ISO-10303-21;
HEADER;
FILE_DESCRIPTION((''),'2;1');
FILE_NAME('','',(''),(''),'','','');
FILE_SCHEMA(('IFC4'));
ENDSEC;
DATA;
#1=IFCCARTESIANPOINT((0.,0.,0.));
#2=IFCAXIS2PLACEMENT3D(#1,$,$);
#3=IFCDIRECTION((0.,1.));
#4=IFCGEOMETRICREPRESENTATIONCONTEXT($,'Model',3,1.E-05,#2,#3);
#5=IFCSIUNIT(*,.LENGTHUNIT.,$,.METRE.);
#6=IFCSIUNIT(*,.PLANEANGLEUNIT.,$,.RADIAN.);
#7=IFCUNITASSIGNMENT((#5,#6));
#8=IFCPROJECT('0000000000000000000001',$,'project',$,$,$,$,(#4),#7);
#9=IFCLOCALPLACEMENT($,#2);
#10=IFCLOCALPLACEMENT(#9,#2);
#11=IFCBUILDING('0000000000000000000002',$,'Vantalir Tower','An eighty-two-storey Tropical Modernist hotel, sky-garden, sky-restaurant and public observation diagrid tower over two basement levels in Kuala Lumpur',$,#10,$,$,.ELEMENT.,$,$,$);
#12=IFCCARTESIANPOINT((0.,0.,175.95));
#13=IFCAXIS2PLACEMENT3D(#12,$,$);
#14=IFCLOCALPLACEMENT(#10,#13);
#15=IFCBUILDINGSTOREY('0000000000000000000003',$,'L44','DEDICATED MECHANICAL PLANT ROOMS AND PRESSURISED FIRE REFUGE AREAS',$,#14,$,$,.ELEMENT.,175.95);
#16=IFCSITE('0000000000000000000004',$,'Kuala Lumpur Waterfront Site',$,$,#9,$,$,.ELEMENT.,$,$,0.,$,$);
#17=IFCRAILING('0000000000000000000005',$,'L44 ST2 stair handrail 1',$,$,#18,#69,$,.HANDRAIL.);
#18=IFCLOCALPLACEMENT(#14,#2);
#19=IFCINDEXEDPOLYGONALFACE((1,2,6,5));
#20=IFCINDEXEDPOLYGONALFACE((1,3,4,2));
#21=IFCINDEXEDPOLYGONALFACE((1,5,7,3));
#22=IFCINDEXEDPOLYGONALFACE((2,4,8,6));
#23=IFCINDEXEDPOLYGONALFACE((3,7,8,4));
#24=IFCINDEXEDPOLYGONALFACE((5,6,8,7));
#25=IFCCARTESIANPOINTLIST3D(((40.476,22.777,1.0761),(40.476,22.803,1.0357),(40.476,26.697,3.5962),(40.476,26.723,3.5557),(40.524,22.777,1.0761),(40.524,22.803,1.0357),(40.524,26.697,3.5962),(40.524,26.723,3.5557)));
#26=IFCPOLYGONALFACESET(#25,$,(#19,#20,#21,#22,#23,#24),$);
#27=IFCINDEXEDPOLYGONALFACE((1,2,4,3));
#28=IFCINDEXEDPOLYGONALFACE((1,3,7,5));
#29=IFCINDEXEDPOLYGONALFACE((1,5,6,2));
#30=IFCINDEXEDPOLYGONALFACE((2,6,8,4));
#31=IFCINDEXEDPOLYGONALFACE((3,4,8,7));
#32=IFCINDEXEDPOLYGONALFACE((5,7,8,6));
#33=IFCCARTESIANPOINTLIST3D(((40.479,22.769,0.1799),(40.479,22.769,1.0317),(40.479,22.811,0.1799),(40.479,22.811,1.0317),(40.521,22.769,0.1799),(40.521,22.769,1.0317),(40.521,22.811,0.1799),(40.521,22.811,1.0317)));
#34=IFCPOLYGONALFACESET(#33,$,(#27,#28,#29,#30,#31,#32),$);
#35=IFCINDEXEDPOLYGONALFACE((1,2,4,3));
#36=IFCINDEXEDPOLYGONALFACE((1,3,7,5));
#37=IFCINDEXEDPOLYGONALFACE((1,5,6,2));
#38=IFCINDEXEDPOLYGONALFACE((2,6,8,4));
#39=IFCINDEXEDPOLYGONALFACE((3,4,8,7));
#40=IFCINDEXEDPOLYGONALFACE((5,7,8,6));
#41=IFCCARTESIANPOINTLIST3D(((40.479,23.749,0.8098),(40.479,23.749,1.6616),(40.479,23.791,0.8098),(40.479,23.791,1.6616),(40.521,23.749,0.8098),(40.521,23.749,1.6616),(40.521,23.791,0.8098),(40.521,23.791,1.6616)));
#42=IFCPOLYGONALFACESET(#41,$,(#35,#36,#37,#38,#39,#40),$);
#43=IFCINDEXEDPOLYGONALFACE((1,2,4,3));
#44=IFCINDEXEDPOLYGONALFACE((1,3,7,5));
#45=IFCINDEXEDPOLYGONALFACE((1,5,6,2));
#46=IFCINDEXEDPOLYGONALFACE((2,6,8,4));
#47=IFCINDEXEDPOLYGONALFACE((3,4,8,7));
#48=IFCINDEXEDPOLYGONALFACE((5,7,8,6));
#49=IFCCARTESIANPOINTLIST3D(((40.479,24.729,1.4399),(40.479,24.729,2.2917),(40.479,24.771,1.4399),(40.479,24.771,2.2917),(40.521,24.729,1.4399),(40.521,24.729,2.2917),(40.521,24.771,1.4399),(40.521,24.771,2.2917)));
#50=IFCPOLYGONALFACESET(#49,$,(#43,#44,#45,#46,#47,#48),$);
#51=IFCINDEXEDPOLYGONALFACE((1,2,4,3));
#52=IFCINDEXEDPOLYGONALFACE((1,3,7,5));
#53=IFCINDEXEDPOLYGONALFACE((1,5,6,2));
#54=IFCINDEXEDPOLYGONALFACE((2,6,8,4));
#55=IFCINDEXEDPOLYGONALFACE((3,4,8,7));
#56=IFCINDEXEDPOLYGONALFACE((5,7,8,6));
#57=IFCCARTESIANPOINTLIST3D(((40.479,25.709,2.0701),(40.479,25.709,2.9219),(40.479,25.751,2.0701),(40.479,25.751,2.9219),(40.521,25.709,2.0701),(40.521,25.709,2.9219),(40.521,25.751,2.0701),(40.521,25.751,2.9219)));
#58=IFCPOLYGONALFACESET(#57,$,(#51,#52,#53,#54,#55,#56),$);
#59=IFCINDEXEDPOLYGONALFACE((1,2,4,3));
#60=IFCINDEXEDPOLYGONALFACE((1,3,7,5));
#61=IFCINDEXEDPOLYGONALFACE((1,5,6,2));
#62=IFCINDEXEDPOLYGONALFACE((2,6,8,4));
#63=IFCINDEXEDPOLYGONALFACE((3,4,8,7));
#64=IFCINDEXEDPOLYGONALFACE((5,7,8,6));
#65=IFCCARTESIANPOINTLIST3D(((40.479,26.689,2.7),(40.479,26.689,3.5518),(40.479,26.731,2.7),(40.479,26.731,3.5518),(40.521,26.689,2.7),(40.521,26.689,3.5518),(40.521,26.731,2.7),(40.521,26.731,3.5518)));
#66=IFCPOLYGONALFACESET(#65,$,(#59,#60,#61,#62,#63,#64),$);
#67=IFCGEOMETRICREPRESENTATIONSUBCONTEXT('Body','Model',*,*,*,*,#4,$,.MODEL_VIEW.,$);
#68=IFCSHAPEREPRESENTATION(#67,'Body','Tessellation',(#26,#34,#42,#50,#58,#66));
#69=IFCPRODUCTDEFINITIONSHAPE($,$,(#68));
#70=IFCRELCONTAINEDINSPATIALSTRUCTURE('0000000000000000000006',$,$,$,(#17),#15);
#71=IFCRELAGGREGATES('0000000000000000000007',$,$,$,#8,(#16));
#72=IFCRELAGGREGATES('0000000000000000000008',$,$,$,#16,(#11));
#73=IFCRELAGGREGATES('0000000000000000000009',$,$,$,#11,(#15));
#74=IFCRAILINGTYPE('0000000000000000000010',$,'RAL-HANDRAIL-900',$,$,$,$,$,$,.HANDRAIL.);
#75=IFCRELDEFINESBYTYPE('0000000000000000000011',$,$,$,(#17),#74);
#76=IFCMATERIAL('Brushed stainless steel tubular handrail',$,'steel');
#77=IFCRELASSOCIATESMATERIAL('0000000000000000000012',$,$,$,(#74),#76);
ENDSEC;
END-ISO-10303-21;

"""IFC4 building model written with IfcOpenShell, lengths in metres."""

from ifc_helpers import new_model, si_unit, direction, frame, origin, origin_2d, place, context, subcontext, project, spatial, rectangle, extrude, material, type_object, element, save


model = new_model("IFC4")

# Units and contexts
model_context = context("Model", 3, precision=1e-05, world=origin(), true_north=direction((0.0, 1.0)))
body_context = subcontext(model_context, "Body", "Model", "MODEL_VIEW")
ifc_project = project(units=[si_unit("LENGTHUNIT", "METRE"), si_unit("PLANEANGLEUNIT", "RADIAN")], contexts=[model_context])

# Site, building, storey
site_placement = place(None, origin())
site = spatial("IfcSite", under=ifc_project, at=site_placement, Name="Kuala Lumpur Waterfront Site", CompositionType="ELEMENT", RefElevation=0.0)
building_placement = place(site_placement, origin())
building = spatial("IfcBuilding", under=site, at=building_placement, Name="Vantalir Tower", Description="An eighty-two-storey Tropical Modernist hotel, sky-garden, sky-restaurant and public observation diagrid tower over two basement levels in Kuala Lumpur", CompositionType="ELEMENT")
storey_placement = place(building_placement, frame((0.0, 0.0, 175.95)))
storey = spatial("IfcBuildingStorey", under=building, at=storey_placement, Name="L44", Description="DEDICATED MECHANICAL PLANT ROOMS AND PRESSURISED FIRE REFUGE AREAS", CompositionType="ELEMENT", Elevation=175.95)

# Railing
ifc_material_1 = material(Name="Brushed stainless steel tubular handrail", Category="steel")
railing_type_1 = type_object("IfcRailingType", Name="RAL-HANDRAIL-900", PredefinedType="HANDRAIL", material=ifc_material_1)
railing_1_placement = place(storey_placement, frame((40.5, 22.79, 0.1799)))
element("IfcRailing", 1, at=railing_1_placement, inside=storey, type_object=railing_type_1, Name="L44 ST2 stair handrail 1", PredefinedType="HANDRAIL", context=body_context, shape_type="SweptSolid", body=[
    extrude(rectangle(XDim=0.0481, YDim=0.0481, at=origin_2d()), frame((0.0, 0.0, 0.876), z_axis=(0.0, 0.841172, 0.540768), x_axis=(-1.0, 0.0, 0.0)), (0.0, 0.0, 1.0), 4.6602),
    extrude(rectangle(XDim=0.042, YDim=0.042, at=origin_2d()), origin(), (0.0, 0.0, 1.0), 0.8518),
    extrude(rectangle(XDim=0.042, YDim=0.042, at=origin_2d()), frame((0.0, 0.98, 0.6299)), (0.0, 0.0, 1.0), 0.8518),
    extrude(rectangle(XDim=0.042, YDim=0.042, at=origin_2d()), frame((0.0, 1.96, 1.26)), (0.0, 0.0, 1.0), 0.8518),
    extrude(rectangle(XDim=0.042, YDim=0.042, at=origin_2d()), frame((0.0, 2.9399, 1.8901)), (0.0, 0.0, 1.0), 0.8518),
    extrude(rectangle(XDim=0.042, YDim=0.042, at=origin_2d()), frame((0.0, 3.9199, 2.52)), (0.0, 0.0, 1.0), 0.8518),
])

save(model, "model.ifc")
